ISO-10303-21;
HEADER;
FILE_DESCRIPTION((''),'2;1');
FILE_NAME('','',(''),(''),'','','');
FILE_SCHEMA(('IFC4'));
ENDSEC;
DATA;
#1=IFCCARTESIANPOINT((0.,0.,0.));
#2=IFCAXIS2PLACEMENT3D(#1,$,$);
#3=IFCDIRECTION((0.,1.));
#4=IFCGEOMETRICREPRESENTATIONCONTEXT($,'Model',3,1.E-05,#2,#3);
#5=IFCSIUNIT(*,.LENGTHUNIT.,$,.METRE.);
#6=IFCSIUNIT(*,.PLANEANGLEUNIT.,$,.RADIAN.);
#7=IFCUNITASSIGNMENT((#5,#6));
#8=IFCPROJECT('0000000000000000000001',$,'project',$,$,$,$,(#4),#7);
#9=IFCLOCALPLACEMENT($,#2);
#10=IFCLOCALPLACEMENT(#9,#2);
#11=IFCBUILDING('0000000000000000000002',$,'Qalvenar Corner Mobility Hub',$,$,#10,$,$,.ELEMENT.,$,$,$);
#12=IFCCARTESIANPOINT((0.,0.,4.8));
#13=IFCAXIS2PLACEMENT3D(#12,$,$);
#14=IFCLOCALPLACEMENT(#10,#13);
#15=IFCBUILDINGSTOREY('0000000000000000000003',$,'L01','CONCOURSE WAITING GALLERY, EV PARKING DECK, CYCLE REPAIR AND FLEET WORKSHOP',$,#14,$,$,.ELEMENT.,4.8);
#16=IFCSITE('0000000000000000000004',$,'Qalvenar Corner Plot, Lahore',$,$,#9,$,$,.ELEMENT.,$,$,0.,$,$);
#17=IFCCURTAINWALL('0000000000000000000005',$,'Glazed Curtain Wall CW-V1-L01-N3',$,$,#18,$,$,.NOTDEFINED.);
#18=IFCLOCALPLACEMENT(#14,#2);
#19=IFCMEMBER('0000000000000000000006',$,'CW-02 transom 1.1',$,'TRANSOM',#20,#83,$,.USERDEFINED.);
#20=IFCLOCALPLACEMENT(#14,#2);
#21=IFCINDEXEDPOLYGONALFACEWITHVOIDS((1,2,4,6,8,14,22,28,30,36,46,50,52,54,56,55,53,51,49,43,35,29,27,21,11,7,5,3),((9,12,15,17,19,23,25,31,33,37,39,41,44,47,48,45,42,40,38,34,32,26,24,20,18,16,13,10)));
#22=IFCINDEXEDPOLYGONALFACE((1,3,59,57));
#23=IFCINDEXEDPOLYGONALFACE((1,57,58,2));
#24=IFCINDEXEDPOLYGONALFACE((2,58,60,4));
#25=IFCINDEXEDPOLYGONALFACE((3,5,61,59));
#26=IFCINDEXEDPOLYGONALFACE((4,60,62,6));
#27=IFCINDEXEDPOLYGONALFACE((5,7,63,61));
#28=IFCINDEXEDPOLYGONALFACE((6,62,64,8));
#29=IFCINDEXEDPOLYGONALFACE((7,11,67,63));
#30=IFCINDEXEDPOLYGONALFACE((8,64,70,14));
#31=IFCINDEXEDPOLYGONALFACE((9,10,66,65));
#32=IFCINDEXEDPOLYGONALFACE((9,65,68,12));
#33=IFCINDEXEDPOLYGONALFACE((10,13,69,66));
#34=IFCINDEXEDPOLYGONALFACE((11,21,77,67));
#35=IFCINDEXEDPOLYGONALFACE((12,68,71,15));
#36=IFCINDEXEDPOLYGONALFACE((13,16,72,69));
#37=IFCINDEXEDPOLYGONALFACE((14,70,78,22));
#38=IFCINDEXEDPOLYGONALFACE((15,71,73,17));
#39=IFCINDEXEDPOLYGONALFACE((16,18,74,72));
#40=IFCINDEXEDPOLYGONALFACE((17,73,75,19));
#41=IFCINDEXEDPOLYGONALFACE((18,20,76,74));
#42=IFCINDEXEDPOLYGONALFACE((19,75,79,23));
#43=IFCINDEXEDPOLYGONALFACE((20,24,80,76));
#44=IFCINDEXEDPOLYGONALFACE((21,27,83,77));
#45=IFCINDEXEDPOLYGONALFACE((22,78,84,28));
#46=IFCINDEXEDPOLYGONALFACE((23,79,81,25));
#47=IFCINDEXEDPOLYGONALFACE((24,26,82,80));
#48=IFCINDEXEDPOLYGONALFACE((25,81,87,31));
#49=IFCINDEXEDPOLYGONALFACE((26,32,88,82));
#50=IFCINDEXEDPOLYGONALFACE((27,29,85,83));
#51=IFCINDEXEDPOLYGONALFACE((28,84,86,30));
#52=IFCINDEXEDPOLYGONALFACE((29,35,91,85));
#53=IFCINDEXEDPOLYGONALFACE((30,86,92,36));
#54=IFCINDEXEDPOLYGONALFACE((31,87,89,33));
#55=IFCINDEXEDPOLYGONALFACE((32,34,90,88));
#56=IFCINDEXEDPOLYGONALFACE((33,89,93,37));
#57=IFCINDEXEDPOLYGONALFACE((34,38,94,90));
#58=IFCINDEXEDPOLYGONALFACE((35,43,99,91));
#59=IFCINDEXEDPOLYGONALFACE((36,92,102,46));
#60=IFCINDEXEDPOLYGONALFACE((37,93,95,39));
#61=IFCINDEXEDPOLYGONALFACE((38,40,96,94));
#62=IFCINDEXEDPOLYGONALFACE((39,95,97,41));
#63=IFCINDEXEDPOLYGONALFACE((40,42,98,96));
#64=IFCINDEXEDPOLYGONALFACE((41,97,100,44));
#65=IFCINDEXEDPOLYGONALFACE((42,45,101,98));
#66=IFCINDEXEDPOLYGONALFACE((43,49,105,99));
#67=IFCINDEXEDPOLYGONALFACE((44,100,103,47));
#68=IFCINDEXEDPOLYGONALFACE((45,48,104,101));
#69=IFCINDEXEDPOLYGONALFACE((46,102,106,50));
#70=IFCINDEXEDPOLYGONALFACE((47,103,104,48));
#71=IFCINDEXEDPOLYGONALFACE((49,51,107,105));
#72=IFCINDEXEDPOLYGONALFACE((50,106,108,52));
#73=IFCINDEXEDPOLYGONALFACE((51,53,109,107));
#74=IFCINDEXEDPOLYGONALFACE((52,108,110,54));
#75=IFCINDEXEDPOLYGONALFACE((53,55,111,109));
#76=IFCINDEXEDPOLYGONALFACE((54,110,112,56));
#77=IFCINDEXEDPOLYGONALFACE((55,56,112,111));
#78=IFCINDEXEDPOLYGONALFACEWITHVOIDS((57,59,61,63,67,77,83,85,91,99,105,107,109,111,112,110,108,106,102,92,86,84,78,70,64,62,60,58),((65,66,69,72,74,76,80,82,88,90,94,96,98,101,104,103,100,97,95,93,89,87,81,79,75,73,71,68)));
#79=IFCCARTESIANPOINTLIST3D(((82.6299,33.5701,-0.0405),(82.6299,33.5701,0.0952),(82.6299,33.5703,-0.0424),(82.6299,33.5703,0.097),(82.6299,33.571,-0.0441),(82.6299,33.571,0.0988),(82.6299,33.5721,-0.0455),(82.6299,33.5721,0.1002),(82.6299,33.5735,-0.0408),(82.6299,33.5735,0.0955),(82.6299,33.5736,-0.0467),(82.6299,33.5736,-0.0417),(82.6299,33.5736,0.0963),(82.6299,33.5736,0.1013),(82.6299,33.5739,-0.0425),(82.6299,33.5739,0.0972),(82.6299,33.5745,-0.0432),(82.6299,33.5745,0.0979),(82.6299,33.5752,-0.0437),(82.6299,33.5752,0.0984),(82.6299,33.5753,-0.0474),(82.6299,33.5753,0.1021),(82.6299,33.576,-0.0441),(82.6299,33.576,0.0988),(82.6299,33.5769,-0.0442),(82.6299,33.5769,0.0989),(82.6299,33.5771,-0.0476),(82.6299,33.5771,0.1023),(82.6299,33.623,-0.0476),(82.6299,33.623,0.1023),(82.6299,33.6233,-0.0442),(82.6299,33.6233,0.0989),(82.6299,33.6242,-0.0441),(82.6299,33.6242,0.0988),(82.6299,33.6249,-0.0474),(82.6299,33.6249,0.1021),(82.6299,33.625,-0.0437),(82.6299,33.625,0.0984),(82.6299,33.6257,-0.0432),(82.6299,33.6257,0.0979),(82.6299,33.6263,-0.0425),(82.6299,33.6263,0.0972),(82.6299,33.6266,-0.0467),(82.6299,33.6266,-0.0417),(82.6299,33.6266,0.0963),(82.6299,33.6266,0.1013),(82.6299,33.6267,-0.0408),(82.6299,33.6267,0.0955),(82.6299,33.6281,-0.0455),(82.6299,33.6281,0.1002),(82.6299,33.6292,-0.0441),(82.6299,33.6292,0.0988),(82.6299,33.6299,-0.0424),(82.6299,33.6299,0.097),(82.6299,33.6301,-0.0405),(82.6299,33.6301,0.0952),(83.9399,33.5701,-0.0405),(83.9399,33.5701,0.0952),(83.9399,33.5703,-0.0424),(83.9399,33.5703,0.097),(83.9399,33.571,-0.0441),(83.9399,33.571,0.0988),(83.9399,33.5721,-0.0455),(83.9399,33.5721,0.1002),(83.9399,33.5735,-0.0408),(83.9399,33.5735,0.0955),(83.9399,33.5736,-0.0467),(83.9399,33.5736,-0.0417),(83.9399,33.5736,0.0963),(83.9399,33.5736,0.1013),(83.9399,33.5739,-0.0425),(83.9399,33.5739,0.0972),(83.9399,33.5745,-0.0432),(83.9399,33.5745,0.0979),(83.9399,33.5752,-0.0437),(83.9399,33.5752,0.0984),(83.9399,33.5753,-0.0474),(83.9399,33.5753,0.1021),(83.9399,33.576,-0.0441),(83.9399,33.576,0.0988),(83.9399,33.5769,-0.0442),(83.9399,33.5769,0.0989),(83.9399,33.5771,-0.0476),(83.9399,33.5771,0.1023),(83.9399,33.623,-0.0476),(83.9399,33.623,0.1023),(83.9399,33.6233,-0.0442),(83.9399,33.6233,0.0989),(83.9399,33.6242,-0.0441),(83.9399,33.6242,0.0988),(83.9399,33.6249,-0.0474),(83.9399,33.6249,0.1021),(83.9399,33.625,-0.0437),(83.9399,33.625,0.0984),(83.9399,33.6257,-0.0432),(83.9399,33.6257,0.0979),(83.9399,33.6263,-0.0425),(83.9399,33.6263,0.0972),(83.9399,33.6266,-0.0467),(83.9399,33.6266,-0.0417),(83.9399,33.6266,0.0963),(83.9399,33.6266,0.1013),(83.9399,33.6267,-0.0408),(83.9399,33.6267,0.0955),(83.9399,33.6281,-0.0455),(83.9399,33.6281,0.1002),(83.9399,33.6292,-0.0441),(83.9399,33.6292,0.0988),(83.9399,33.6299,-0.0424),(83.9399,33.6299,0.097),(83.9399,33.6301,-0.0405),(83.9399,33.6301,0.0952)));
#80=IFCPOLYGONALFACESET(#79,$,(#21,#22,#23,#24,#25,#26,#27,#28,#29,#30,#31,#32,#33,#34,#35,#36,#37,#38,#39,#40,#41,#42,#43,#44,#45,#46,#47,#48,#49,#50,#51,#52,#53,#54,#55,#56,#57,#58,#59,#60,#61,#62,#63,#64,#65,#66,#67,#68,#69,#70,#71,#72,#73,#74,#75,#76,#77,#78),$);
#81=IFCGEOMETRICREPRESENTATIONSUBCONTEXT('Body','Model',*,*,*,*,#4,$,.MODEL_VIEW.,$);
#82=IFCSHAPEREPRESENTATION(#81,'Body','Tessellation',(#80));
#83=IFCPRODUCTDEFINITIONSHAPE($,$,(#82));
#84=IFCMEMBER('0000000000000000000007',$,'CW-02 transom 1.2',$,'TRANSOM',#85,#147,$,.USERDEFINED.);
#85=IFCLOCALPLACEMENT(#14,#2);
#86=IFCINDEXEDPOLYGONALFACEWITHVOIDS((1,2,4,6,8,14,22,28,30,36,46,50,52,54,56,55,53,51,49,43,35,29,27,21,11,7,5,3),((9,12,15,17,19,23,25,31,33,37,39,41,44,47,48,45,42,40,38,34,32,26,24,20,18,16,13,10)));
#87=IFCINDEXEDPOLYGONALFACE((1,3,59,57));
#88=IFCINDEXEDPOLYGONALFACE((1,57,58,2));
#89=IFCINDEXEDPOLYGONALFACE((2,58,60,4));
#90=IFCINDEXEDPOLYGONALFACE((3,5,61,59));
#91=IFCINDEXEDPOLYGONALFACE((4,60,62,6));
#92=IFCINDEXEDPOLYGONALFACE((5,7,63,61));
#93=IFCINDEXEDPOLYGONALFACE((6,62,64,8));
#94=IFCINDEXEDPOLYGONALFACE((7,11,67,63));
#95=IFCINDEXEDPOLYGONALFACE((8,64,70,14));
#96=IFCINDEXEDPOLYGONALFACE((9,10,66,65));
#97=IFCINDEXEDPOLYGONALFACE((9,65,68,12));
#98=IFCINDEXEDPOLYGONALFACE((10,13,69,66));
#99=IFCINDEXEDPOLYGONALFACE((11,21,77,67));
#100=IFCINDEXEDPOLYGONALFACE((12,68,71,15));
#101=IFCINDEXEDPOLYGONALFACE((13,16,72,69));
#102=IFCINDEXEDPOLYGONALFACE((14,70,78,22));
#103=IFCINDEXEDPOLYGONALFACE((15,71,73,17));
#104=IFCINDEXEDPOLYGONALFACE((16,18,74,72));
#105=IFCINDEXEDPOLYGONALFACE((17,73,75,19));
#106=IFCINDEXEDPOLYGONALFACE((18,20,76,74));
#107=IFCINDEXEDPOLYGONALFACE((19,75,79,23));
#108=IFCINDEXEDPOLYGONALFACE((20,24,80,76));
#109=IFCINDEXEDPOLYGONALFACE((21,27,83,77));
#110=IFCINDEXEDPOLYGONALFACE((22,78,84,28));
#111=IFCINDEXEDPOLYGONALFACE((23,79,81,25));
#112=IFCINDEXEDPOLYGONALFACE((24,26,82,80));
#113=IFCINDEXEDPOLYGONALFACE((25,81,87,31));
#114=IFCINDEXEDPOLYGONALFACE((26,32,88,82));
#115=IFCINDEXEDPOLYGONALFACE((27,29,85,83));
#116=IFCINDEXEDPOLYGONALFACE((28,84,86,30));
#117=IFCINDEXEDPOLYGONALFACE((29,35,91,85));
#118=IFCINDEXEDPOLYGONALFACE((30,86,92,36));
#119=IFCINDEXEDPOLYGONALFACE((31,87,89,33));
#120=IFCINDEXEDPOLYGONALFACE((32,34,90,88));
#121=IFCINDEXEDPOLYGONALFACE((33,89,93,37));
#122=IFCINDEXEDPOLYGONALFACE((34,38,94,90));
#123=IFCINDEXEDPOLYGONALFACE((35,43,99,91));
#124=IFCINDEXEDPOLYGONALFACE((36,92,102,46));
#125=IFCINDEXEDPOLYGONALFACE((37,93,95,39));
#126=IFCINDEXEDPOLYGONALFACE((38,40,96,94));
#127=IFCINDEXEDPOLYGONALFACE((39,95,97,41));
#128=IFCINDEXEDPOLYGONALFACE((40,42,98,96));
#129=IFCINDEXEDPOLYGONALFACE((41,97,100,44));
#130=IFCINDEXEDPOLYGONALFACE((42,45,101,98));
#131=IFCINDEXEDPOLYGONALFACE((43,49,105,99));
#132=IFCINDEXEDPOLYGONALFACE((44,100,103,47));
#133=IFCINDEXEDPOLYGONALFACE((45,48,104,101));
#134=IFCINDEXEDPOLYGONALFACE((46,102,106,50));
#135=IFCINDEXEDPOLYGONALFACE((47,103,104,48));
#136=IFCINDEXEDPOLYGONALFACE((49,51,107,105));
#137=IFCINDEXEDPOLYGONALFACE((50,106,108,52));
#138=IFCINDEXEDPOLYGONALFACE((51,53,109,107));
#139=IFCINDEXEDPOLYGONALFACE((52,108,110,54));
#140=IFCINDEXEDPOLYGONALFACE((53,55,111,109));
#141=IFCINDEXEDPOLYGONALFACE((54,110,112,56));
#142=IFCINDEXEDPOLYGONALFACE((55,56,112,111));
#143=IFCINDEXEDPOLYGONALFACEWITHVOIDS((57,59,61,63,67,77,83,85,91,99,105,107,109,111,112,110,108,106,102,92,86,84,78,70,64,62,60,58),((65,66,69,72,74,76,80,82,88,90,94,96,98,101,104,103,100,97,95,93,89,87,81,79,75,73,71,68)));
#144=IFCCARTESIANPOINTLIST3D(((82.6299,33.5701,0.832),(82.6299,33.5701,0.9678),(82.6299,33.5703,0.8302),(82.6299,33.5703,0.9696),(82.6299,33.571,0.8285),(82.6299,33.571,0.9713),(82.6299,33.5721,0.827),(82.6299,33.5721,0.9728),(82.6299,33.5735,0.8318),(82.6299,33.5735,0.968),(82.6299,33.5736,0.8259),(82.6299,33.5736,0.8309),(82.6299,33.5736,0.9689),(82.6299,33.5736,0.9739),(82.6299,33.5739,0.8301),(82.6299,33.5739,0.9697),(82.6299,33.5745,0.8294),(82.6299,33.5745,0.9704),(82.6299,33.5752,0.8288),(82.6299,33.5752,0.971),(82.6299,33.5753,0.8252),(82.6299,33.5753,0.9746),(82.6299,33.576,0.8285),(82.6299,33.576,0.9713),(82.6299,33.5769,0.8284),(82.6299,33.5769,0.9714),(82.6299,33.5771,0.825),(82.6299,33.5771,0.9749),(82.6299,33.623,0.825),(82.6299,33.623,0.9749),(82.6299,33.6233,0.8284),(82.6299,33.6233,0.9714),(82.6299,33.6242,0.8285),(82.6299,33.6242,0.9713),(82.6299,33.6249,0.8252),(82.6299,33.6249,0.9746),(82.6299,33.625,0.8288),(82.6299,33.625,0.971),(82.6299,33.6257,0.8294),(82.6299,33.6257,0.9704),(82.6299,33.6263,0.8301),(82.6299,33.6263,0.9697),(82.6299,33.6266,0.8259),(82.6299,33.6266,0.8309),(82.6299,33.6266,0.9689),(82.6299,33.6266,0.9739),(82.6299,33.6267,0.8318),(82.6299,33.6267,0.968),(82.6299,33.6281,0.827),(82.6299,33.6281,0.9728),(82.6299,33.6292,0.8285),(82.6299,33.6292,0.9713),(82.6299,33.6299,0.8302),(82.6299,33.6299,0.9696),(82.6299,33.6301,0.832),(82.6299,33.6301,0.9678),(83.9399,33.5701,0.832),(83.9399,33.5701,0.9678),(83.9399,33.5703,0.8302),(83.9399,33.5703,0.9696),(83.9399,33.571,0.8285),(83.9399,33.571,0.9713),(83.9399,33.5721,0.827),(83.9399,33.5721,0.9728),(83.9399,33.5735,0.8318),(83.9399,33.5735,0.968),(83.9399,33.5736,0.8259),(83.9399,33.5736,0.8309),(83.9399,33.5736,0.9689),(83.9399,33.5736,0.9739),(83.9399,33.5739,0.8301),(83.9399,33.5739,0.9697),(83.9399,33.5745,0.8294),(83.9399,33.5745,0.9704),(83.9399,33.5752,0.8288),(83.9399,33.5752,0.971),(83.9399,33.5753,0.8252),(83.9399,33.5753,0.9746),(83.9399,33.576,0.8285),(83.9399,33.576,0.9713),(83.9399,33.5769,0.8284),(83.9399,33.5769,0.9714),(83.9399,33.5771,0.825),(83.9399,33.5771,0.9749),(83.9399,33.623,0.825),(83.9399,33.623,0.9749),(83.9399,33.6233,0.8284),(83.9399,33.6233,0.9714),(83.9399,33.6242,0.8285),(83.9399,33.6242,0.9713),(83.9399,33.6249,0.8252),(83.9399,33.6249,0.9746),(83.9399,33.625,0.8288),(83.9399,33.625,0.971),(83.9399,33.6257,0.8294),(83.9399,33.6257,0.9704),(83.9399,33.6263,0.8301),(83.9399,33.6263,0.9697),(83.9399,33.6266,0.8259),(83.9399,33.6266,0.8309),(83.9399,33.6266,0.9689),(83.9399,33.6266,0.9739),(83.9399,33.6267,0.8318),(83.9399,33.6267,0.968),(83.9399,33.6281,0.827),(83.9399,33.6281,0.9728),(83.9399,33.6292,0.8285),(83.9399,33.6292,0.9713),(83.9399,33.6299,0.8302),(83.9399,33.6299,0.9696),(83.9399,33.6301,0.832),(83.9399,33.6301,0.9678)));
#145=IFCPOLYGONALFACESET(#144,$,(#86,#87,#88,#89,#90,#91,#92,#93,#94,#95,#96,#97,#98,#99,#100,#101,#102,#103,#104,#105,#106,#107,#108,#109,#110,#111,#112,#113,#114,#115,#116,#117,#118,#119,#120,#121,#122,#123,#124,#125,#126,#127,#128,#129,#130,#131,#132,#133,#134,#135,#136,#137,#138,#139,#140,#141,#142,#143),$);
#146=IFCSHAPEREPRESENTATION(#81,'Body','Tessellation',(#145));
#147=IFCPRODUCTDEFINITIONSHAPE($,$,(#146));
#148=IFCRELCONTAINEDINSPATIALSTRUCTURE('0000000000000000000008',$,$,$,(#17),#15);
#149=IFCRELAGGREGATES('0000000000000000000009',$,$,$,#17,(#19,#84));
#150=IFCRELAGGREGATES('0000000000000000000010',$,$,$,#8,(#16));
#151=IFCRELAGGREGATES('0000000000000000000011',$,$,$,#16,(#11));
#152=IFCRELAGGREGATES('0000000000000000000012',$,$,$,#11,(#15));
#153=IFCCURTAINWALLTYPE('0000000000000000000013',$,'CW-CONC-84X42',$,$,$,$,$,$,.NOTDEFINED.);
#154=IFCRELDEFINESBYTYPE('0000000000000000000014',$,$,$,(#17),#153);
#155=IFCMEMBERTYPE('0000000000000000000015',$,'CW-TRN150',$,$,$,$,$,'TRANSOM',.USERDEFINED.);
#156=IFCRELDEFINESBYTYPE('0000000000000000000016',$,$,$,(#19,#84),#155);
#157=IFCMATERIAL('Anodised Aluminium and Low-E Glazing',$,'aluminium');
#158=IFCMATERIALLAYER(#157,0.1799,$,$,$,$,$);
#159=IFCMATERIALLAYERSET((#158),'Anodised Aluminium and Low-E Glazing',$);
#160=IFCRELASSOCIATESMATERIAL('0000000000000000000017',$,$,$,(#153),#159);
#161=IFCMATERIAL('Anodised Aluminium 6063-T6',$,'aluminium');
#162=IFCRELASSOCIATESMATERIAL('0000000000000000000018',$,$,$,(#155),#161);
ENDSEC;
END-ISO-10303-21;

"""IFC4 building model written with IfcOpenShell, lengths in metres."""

from ifc_helpers import new_model, si_unit, direction, frame, origin, origin_2d, place, context, subcontext, project, spatial, hollow_rectangle, extrude, material, layer, layer_set, material_profile, profile_set, type_object, element, aggregate, save


model = new_model("IFC4")

# Units and contexts
model_context = context("Model", 3, precision=1e-05, world=origin(), true_north=direction((0.0, 1.0)))
body_context = subcontext(model_context, "Body", "Model", "MODEL_VIEW")
ifc_project = project(units=[si_unit("LENGTHUNIT", "METRE"), si_unit("PLANEANGLEUNIT", "RADIAN")], contexts=[model_context])

# Site, building, storey
site_placement = place(None, origin())
site = spatial("IfcSite", under=ifc_project, at=site_placement, Name="Qalvenar Corner Plot, Lahore", CompositionType="ELEMENT", RefElevation=0.0)
building_placement = place(site_placement, origin())
building = spatial("IfcBuilding", under=site, at=building_placement, Name="Qalvenar Corner Mobility Hub", CompositionType="ELEMENT")
storey_placement = place(building_placement, frame((0.0, 0.0, 4.8)))
storey = spatial("IfcBuildingStorey", under=building, at=storey_placement, Name="L01", Description="CONCOURSE WAITING GALLERY, EV PARKING DECK, CYCLE REPAIR AND FLEET WORKSHOP", CompositionType="ELEMENT", Elevation=4.8)

# Curtain wall
ifc_material_1 = material(Name="Anodised Aluminium and Low-E Glazing", Category="aluminium")
ifc_layer_1 = layer(ifc_material_1, 0.1799)
ifc_layer_set_1 = layer_set([ifc_layer_1], Name="Anodised Aluminium and Low-E Glazing")
curtain_wall_type = type_object("IfcCurtainWallType", Name="CW-CONC-84X42", PredefinedType="NOTDEFINED", material=ifc_layer_set_1)
curtain_wall_1_placement = place(storey_placement, origin())
curtain_wall_1 = element("IfcCurtainWall", 1, at=curtain_wall_1_placement, inside=storey, type_object=curtain_wall_type, Name="Glazed Curtain Wall CW-V1-L01-N3", PredefinedType="NOTDEFINED")
ifc_material_2 = material(Name="Anodised Aluminium 6063-T6", Category="aluminium")

# Members
ifc_material_profile_1 = material_profile(ifc_material_2, hollow_rectangle(XDim=0.0601, YDim=0.1499, WallThickness=0.0034, InnerFilletRadius=0.0034, OuterFilletRadius=0.0071, at=origin_2d()), Name="RHS150x60x3.5")
ifc_profile_set_1 = profile_set([ifc_material_profile_1], Name="Anodised Aluminium 6063-T6")
member_type_1 = type_object("IfcMemberType", Name="CW-TRN150", ElementType="TRANSOM", PredefinedType="USERDEFINED", material=ifc_profile_set_1)
member_1_placement = place(storey_placement, frame((83.9399, 33.6001, 0.0273), z_axis=(-1.0, 0.0, 0.0), x_axis=(0.0, -1.0, 0.0)))
member_1 = element("IfcMember", 2, at=member_1_placement, type_object=member_type_1, Name="CW-02 transom 1.1", ObjectType="TRANSOM", PredefinedType="USERDEFINED", context=body_context, shape_type="SweptSolid", body=[
    extrude(hollow_rectangle(XDim=0.0601, YDim=0.1499, WallThickness=0.0034, InnerFilletRadius=0.0034, OuterFilletRadius=0.0071, at=origin_2d()), origin(), (0.0, 0.0, 1.0), 1.3101),
])
member_2_placement = place(storey_placement, frame((83.9399, 33.6001, 0.8999), z_axis=(-1.0, 0.0, 0.0), x_axis=(0.0, -1.0, 0.0)))
member_2 = element("IfcMember", 3, at=member_2_placement, type_object=member_type_1, Name="CW-02 transom 1.2", ObjectType="TRANSOM", PredefinedType="USERDEFINED", context=body_context, shape_type="SweptSolid", body=[
    extrude(hollow_rectangle(XDim=0.0601, YDim=0.1499, WallThickness=0.0034, InnerFilletRadius=0.0034, OuterFilletRadius=0.0071, at=origin_2d()), origin(), (0.0, 0.0, 1.0), 1.3101),
])

aggregate(curtain_wall_1, [member_1, member_2])

save(model, "model.ifc")
